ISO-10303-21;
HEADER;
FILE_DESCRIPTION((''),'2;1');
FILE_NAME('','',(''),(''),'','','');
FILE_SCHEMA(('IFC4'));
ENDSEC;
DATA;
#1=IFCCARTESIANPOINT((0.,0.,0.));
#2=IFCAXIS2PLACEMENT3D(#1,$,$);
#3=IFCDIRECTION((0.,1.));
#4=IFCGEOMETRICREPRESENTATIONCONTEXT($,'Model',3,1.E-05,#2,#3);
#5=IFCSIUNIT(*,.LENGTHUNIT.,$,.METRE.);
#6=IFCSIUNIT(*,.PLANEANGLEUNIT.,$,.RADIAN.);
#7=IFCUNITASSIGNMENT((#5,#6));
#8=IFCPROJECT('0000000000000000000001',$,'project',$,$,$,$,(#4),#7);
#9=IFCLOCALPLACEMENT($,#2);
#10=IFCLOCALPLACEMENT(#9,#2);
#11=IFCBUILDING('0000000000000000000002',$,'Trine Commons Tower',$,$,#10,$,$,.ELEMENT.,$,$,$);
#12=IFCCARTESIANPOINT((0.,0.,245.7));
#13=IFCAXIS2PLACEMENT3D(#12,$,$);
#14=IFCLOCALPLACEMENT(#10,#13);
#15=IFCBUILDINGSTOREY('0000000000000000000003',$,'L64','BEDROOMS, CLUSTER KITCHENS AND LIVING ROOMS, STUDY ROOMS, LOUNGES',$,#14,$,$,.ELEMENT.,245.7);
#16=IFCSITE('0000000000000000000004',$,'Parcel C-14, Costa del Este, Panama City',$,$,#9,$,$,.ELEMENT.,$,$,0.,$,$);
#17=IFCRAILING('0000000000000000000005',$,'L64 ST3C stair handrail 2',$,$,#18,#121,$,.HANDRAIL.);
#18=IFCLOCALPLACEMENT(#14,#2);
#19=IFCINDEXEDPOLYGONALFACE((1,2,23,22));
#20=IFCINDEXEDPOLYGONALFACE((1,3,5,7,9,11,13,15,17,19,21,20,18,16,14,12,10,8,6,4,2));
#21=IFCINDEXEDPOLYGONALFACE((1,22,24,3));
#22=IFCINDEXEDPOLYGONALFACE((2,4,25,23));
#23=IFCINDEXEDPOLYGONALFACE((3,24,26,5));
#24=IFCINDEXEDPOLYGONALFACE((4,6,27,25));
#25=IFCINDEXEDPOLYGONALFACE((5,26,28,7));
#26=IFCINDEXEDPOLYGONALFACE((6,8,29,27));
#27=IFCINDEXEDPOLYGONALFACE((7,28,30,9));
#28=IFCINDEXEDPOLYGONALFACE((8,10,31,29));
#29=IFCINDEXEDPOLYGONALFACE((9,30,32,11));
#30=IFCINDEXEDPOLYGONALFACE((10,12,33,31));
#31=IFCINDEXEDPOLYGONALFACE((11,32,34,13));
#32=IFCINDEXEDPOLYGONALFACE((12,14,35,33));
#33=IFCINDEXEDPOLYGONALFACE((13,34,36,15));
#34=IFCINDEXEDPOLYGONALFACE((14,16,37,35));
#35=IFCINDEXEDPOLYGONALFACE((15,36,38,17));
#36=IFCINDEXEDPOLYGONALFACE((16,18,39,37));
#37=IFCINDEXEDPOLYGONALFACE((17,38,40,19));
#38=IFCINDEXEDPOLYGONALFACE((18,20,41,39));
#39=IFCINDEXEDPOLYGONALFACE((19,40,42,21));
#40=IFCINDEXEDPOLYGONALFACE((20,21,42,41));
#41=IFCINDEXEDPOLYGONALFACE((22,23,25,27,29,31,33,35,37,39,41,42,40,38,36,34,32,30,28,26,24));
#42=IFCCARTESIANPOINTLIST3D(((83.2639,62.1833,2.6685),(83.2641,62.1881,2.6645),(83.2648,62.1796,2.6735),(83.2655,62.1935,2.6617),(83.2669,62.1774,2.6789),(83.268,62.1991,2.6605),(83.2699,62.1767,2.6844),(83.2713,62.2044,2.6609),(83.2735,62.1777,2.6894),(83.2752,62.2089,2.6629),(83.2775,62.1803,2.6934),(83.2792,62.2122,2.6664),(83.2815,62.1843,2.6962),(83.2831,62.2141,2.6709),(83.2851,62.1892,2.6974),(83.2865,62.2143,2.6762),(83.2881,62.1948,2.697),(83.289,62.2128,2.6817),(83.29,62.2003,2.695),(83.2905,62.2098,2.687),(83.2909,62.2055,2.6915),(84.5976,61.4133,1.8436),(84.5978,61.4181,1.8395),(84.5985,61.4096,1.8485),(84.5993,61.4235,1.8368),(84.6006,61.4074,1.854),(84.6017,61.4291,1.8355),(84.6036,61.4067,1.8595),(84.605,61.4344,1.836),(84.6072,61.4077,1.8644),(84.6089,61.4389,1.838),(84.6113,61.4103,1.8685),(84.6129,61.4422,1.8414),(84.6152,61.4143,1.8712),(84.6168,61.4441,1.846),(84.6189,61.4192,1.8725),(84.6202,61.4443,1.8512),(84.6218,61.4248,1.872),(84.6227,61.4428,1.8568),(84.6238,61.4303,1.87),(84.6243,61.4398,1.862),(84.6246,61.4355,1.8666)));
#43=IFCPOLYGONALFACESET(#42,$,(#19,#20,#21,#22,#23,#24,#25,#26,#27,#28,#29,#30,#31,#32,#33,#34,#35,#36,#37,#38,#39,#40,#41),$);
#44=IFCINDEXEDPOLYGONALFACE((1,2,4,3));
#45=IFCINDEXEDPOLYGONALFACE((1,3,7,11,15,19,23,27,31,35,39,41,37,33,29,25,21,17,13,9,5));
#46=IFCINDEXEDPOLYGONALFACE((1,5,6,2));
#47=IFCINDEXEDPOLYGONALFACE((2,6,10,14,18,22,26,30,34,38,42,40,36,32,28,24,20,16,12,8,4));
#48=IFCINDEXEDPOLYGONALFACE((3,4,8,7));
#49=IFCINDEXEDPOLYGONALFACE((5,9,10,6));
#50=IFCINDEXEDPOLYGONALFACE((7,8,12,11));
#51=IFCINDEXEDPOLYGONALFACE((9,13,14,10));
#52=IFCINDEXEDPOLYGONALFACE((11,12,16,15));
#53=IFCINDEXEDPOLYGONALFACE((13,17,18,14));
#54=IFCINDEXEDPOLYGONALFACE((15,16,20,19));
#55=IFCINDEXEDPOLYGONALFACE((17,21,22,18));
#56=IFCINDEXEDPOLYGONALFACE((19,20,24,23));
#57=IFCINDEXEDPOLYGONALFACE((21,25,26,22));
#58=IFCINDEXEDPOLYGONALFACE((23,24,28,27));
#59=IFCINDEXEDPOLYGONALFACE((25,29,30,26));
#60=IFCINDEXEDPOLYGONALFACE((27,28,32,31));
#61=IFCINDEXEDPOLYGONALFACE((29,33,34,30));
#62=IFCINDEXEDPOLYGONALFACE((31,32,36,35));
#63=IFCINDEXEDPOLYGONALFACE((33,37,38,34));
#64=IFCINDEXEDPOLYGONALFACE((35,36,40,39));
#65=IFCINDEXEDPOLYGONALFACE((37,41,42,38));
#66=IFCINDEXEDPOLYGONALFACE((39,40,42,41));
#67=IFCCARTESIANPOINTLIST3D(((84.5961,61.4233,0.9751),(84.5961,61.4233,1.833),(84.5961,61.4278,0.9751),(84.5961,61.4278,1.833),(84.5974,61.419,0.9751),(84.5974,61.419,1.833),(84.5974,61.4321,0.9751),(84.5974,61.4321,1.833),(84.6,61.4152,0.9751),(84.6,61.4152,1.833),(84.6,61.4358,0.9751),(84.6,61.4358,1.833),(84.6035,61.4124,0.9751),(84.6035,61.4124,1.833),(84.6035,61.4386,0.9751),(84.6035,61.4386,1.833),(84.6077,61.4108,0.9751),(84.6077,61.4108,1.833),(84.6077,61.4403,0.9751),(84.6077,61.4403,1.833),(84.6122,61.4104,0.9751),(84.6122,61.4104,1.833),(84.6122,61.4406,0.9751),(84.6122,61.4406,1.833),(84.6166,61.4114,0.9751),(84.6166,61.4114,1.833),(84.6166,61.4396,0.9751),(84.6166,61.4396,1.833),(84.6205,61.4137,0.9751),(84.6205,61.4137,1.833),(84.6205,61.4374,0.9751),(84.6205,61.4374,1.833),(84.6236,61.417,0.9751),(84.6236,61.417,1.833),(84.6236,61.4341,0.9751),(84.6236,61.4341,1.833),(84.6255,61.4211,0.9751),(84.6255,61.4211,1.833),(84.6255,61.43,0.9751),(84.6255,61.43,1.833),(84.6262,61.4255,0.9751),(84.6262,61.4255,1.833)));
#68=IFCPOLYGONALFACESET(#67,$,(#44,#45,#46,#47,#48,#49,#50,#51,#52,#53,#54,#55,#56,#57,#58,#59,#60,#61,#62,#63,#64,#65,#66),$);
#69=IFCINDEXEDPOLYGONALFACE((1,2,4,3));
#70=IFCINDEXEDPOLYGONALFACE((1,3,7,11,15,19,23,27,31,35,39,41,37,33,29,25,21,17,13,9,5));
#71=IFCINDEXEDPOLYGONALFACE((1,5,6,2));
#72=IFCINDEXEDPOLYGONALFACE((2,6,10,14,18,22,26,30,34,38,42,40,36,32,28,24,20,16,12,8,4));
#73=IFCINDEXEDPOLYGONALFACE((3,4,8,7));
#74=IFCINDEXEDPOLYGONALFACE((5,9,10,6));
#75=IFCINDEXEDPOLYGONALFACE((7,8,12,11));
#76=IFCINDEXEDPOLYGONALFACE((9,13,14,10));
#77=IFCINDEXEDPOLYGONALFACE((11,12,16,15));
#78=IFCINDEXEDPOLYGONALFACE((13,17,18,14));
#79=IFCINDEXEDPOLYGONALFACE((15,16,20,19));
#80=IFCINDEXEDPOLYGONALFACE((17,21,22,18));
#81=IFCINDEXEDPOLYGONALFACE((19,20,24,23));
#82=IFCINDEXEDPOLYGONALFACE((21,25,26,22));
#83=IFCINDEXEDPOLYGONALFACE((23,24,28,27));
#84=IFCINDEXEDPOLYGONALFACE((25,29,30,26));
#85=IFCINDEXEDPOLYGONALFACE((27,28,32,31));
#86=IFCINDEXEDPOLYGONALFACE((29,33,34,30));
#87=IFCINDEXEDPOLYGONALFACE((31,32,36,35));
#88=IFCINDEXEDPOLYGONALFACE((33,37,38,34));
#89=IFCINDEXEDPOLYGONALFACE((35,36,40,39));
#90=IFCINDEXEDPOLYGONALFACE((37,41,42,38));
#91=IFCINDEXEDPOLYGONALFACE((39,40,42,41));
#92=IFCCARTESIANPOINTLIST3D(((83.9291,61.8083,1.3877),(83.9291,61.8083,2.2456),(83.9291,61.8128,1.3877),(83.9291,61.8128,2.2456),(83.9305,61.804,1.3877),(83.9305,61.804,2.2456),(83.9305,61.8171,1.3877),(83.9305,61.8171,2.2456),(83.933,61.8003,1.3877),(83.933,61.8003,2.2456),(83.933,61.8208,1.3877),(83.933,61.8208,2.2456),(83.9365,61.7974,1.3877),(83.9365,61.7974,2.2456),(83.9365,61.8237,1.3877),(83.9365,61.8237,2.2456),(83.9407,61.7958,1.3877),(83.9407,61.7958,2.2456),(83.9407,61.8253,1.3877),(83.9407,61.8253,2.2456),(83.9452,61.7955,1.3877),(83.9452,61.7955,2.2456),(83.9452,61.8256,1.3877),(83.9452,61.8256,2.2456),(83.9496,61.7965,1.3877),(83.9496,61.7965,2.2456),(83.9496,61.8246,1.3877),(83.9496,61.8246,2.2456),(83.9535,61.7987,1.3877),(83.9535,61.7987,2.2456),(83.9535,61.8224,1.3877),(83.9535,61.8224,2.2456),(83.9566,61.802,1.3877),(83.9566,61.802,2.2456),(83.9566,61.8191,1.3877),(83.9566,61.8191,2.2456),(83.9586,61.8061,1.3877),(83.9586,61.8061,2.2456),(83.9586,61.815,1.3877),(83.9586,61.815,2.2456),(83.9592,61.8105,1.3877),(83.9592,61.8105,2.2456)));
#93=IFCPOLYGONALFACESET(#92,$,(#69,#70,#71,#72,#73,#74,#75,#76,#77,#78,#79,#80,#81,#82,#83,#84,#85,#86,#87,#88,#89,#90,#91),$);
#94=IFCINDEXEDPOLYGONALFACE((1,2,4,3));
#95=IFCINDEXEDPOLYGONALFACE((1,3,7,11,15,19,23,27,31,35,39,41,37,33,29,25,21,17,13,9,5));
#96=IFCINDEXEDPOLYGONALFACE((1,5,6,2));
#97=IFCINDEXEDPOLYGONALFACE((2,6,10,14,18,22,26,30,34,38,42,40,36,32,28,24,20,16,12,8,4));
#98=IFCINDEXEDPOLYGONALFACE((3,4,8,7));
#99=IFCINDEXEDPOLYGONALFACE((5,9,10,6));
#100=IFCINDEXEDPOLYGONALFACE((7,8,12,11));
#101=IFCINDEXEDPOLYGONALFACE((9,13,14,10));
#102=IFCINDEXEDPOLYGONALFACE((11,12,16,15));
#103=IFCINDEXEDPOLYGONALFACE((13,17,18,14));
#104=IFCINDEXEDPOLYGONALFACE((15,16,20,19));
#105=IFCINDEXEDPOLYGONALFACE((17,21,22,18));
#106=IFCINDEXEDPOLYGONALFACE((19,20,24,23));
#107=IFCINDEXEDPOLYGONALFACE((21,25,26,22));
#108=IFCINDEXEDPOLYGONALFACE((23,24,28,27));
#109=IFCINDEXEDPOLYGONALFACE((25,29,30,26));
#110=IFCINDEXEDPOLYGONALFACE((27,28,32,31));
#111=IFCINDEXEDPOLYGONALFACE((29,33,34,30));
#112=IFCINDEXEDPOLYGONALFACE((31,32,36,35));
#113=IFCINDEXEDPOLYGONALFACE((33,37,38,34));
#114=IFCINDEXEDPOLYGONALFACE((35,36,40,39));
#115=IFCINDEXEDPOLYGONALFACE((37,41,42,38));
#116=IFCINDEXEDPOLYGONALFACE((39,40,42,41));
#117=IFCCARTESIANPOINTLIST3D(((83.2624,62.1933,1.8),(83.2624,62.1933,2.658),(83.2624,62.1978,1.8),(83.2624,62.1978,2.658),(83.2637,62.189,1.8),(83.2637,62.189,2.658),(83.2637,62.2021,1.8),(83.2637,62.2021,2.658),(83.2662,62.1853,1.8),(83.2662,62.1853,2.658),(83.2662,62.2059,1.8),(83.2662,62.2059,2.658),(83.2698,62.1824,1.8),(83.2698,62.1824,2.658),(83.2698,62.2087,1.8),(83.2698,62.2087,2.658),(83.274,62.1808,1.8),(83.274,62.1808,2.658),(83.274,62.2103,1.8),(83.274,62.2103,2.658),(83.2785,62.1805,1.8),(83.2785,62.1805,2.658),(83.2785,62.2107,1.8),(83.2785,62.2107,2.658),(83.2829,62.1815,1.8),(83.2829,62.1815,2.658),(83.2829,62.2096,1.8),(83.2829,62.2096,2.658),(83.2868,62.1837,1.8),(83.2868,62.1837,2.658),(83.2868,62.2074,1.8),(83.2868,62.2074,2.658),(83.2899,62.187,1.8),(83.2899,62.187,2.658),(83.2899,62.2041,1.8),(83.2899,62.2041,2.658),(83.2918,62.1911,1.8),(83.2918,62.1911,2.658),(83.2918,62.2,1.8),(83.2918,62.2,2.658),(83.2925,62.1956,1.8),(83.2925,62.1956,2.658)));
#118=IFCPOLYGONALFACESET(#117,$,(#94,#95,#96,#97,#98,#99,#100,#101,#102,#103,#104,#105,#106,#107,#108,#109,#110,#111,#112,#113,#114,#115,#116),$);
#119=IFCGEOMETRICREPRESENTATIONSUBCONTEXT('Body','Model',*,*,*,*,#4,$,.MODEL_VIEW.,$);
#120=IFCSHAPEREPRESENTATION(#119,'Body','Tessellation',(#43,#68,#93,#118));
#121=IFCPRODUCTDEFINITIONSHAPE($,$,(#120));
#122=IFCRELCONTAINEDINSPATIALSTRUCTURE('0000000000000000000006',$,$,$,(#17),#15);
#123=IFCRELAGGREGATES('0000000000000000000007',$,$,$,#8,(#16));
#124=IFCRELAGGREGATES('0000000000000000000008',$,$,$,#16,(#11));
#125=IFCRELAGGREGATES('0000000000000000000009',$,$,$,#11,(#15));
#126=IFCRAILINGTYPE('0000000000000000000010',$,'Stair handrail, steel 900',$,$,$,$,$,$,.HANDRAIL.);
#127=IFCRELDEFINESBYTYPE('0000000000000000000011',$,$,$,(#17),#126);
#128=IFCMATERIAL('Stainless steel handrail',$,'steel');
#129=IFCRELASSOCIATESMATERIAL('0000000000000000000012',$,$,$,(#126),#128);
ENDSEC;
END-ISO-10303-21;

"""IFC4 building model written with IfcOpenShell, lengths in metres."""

from ifc_helpers import new_model, si_unit, direction, frame, origin, origin_2d, place, context, subcontext, project, spatial, circle, extrude, material, type_object, element, save


model = new_model("IFC4")

# Units and contexts
model_context = context("Model", 3, precision=1e-05, world=origin(), true_north=direction((0.0, 1.0)))
body_context = subcontext(model_context, "Body", "Model", "MODEL_VIEW")
ifc_project = project(units=[si_unit("LENGTHUNIT", "METRE"), si_unit("PLANEANGLEUNIT", "RADIAN")], contexts=[model_context])

# Site, building, storey
site_placement = place(None, origin())
site = spatial("IfcSite", under=ifc_project, at=site_placement, Name="Parcel C-14, Costa del Este, Panama City", CompositionType="ELEMENT", RefElevation=0.0)
building_placement = place(site_placement, origin())
building = spatial("IfcBuilding", under=site, at=building_placement, Name="Trine Commons Tower", CompositionType="ELEMENT")
storey_placement = place(building_placement, frame((0.0, 0.0, 245.7)))
storey = spatial("IfcBuildingStorey", under=building, at=storey_placement, Name="L64", Description="BEDROOMS, CLUSTER KITCHENS AND LIVING ROOMS, STUDY ROOMS, LOUNGES", CompositionType="ELEMENT", Elevation=245.7)

# Railing
ifc_material_1 = material(Name="Stainless steel handrail", Category="steel")
railing_type_1 = type_object("IfcRailingType", Name="Stair handrail, steel 900", PredefinedType="HANDRAIL", material=ifc_material_1)
railing_1_placement = place(storey_placement, frame((84.6111, 61.4255, 0.9751)))
element("IfcRailing", 1, at=railing_1_placement, inside=storey, type_object=railing_type_1, Name="L64 ST3C stair handrail 2", PredefinedType="HANDRAIL", context=body_context, shape_type="SweptSolid", body=[
    extrude(circle(Radius=0.021, at=origin_2d()), frame((0.0, 0.0, 0.8789), z_axis=(-0.763405, 0.440743, 0.472185), x_axis=(-0.499992, -0.86603, 0.0)), (0.0, 0.0, 1.0), 1.7471),
    extrude(circle(Radius=0.0151, at=origin_2d()), origin(), (0.0, 0.0, 1.0), 0.8579),
    extrude(circle(Radius=0.0151, at=origin_2d()), frame((-0.667, 0.385, 0.4126)), (0.0, 0.0, 1.0), 0.8579),
    extrude(circle(Radius=0.0151, at=origin_2d()), frame((-1.3337, 0.77, 0.825)), (0.0, 0.0, 1.0), 0.8579),
])

save(model, "model.ifc")
